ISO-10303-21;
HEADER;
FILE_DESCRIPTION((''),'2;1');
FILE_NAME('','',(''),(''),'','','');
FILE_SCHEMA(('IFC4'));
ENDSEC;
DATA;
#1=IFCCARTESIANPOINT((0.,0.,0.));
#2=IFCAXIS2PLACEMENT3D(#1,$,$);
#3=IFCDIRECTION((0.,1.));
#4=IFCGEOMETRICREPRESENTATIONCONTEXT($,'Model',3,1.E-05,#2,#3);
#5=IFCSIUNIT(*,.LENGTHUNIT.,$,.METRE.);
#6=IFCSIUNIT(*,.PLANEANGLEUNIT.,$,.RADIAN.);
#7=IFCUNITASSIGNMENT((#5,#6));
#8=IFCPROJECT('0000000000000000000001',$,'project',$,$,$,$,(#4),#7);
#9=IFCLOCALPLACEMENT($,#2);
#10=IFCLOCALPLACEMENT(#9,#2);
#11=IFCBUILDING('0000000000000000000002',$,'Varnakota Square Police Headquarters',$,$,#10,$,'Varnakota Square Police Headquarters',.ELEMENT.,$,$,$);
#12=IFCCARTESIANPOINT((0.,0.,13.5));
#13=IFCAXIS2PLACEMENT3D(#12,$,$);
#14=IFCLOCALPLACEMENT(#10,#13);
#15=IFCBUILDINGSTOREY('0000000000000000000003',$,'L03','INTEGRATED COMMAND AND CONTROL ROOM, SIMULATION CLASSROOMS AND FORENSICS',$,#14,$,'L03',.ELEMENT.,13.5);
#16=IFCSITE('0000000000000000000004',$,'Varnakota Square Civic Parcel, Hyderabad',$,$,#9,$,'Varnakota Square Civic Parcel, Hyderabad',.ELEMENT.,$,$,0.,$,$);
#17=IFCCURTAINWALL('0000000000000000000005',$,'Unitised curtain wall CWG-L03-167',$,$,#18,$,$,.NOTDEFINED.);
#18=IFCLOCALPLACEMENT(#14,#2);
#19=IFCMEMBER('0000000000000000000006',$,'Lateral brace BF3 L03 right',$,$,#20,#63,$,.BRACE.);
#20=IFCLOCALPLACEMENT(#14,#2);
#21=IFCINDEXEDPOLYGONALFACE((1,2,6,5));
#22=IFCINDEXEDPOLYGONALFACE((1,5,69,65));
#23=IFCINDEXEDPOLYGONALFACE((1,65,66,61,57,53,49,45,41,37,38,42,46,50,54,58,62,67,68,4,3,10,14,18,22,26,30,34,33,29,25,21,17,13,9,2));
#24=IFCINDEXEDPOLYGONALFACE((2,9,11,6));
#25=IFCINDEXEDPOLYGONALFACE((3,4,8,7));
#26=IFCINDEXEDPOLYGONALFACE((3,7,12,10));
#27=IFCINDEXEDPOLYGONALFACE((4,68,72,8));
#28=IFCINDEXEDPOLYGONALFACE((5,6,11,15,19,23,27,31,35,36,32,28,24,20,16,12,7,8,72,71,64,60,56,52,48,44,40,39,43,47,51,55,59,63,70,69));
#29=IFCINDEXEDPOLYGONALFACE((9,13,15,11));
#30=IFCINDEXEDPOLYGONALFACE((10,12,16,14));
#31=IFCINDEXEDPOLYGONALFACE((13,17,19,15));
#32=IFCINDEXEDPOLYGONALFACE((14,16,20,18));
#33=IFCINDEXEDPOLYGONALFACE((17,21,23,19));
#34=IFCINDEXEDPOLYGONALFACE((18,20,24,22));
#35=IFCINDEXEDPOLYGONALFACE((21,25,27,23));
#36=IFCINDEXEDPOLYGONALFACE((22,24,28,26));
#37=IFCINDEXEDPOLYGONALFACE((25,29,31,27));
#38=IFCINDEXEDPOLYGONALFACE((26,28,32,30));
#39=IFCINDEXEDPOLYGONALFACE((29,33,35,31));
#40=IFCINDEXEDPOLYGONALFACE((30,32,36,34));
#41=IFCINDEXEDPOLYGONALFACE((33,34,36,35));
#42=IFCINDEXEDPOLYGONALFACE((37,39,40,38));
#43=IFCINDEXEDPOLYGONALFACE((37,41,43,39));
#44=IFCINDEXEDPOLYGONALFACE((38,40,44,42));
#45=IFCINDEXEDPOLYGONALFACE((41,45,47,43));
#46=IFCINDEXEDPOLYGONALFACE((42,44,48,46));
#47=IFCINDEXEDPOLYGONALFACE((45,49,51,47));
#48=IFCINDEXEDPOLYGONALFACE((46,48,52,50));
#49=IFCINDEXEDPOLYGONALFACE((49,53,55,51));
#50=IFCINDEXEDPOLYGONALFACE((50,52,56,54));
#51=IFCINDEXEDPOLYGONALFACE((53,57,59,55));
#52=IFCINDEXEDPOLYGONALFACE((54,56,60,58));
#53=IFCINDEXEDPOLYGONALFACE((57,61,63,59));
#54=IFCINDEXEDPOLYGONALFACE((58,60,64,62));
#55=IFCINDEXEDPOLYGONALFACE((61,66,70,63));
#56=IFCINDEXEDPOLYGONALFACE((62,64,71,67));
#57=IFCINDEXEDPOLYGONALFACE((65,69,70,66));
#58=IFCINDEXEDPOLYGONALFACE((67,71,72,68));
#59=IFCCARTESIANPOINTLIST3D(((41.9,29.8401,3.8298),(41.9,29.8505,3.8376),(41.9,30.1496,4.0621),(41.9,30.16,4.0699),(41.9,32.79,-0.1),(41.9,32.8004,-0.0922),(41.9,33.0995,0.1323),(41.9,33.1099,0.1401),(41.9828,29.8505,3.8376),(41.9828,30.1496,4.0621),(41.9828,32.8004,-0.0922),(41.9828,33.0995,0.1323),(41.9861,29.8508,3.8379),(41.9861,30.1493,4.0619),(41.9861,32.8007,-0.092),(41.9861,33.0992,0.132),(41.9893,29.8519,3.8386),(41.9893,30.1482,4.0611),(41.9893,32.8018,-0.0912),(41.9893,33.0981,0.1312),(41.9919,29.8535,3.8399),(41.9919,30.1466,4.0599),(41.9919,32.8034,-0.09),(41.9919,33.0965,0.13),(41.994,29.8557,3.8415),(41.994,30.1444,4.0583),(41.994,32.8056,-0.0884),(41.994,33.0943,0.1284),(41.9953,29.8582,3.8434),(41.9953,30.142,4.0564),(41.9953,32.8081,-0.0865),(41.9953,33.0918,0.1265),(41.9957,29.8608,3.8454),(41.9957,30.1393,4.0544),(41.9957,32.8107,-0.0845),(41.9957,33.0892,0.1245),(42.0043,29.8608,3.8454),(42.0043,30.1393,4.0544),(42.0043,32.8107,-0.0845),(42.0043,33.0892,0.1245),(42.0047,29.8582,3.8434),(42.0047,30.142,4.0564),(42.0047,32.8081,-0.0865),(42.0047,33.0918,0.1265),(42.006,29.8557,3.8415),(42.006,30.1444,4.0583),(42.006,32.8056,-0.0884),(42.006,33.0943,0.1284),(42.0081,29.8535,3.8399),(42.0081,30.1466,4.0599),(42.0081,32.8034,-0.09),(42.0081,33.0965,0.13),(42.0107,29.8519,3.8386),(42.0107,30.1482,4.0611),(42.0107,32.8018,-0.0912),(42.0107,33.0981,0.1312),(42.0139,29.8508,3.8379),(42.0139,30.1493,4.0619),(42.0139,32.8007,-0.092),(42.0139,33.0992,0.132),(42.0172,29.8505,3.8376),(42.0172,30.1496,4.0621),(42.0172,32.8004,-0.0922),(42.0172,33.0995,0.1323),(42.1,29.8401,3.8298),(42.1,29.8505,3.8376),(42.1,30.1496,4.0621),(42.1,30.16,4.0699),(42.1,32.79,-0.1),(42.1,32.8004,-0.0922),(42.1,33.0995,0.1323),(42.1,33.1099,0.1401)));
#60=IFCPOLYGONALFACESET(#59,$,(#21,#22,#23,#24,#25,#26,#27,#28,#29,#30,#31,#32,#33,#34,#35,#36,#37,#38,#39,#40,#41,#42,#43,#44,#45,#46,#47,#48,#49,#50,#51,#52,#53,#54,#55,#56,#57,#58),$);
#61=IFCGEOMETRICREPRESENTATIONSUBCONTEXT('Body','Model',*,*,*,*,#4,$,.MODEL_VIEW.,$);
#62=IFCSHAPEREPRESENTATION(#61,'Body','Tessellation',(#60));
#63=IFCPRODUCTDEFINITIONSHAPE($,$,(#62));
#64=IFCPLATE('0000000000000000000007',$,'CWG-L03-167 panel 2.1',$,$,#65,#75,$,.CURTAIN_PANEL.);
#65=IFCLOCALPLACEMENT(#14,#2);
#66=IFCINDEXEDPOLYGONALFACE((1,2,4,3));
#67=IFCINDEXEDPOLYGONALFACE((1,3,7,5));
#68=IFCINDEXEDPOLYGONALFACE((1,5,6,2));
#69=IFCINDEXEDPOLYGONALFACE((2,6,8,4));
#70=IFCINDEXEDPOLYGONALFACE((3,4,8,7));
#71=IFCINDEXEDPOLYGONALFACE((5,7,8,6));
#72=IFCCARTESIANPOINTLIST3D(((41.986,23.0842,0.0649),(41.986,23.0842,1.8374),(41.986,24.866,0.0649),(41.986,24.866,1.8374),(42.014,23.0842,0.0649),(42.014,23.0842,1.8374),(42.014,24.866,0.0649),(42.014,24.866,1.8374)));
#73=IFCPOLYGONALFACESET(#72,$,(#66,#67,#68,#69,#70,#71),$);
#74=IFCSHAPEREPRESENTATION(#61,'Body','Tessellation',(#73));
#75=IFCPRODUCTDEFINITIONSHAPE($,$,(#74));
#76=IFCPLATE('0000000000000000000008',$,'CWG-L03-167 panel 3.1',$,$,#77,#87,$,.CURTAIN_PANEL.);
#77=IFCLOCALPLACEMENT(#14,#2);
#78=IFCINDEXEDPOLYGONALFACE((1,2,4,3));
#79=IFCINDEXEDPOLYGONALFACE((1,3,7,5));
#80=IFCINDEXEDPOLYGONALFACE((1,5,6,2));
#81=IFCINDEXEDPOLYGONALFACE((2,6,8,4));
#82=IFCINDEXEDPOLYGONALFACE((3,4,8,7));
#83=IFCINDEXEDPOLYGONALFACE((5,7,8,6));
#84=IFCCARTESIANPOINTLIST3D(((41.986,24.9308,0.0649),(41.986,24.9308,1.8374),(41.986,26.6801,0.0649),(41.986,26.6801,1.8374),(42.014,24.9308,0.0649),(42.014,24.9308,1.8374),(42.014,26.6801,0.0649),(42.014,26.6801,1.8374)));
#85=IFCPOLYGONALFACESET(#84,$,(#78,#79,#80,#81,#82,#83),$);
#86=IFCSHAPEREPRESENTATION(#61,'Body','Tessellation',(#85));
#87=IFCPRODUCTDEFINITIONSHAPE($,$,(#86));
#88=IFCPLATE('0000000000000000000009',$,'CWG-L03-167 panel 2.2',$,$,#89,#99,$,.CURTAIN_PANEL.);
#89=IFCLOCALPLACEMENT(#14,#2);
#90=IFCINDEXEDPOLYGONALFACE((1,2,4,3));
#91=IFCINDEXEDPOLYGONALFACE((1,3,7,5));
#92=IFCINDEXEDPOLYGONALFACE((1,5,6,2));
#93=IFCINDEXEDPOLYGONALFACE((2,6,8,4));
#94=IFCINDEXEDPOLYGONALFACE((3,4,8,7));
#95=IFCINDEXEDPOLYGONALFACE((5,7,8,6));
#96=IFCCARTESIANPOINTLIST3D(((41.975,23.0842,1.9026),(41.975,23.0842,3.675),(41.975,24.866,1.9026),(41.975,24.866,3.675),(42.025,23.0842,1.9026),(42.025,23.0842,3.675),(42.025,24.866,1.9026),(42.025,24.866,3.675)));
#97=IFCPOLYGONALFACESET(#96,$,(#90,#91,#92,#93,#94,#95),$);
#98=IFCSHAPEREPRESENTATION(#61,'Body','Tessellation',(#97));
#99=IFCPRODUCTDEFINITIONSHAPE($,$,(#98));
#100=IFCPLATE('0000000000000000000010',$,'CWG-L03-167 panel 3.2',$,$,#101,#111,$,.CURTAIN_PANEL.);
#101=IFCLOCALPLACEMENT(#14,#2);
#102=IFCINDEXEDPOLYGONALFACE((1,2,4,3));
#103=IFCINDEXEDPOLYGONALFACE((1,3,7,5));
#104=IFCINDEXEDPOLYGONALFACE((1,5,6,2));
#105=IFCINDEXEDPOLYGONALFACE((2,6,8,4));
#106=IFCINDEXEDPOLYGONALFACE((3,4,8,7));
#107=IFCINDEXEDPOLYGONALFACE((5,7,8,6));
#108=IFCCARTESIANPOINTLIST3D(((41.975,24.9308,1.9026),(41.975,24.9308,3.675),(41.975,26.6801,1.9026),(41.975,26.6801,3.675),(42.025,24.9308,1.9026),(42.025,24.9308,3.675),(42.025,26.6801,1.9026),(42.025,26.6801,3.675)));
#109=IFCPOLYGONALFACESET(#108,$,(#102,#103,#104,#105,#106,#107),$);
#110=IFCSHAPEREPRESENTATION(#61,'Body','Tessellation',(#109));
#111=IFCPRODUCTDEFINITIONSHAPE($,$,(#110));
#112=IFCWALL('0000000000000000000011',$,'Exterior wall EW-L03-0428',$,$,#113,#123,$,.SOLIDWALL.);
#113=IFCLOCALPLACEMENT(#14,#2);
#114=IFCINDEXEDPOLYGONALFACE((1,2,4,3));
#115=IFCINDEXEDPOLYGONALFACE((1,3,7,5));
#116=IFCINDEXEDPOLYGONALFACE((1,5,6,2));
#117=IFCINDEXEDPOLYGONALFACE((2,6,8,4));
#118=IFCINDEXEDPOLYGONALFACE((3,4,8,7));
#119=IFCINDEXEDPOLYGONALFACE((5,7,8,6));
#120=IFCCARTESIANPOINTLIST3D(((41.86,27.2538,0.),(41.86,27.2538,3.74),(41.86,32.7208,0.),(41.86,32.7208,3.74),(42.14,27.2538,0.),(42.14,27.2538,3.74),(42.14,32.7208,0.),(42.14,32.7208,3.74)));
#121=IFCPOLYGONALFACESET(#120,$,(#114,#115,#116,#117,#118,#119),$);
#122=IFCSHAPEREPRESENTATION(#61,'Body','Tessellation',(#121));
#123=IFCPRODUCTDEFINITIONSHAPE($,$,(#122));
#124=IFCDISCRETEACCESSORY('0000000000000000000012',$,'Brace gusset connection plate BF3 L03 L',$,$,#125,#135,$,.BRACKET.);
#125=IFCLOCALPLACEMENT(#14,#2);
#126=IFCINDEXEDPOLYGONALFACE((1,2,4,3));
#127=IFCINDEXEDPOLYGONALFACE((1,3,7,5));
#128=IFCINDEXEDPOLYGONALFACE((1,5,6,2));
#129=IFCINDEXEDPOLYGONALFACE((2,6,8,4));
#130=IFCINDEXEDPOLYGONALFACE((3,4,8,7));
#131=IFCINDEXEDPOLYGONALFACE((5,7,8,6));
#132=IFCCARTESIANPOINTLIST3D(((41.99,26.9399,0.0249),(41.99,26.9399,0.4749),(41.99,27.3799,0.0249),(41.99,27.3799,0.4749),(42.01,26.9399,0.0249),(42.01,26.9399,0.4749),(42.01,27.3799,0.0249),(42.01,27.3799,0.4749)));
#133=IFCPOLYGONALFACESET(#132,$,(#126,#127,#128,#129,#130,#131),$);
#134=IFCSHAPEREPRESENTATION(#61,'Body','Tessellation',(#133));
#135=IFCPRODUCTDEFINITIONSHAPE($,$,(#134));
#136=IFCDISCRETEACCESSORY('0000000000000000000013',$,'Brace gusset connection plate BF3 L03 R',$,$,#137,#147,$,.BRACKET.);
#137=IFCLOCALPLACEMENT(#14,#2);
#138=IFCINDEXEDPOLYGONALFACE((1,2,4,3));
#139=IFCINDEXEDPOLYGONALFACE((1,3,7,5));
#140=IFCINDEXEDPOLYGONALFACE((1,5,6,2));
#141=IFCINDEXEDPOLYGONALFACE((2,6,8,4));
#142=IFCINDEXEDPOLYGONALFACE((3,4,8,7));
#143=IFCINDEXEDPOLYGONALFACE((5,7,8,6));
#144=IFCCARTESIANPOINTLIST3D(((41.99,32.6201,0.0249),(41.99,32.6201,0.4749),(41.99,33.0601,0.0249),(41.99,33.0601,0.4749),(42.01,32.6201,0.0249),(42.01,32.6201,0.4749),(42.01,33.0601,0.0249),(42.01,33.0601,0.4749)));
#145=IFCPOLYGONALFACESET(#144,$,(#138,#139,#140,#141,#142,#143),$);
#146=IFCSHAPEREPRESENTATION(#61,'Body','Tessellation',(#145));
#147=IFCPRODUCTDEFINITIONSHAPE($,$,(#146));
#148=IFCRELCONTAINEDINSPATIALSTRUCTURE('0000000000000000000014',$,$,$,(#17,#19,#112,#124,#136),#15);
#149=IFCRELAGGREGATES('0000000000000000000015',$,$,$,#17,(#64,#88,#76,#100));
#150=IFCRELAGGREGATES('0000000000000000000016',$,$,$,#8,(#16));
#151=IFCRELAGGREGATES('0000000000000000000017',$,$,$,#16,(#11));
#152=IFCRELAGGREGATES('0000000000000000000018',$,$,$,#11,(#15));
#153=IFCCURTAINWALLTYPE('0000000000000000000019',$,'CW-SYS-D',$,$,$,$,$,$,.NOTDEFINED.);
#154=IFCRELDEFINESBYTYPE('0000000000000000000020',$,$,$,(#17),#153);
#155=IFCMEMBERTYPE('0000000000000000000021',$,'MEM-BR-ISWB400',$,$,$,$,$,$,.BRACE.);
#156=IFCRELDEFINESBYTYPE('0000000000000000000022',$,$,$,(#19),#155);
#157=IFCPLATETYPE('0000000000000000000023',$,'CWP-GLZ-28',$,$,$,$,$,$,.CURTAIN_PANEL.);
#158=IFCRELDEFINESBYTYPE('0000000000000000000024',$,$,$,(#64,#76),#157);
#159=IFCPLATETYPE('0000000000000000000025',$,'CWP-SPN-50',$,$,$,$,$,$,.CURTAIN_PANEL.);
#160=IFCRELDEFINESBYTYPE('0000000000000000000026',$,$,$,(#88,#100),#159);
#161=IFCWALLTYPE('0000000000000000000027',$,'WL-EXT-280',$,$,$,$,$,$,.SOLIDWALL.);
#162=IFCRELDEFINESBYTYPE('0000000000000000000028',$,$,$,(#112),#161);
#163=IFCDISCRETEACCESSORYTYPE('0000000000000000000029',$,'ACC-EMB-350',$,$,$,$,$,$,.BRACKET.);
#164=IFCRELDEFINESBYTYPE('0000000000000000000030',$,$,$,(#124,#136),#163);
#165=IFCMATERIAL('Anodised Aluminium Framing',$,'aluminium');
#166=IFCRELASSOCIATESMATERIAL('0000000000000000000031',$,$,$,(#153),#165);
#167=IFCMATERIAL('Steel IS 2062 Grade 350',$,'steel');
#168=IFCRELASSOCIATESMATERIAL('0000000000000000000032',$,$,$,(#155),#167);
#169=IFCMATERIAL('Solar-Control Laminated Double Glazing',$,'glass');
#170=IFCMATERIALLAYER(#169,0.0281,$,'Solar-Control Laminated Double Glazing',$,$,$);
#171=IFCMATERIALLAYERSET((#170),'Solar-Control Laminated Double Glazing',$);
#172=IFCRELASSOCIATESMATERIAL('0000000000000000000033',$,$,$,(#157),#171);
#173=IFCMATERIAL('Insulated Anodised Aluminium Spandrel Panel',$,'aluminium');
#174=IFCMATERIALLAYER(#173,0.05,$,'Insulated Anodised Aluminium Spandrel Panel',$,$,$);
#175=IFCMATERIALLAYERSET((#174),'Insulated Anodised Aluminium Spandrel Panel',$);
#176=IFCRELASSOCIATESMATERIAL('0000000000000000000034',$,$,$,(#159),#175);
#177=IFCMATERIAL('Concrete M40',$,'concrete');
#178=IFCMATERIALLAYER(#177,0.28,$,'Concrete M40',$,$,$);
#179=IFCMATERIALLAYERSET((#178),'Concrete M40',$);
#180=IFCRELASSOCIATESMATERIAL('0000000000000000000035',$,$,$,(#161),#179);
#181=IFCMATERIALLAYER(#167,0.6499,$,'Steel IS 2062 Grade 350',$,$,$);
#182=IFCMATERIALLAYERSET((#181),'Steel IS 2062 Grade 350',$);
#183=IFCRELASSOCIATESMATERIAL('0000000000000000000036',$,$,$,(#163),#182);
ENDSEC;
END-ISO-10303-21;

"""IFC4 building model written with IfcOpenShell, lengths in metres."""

from ifc_helpers import new_model, si_unit, direction, frame, frame_2d, origin, origin_2d, place, context, subcontext, project, spatial, rectangle, i_section, extrude, material, layer, layer_set, material_profile, profile_set, type_object, element, aggregate, save


model = new_model("IFC4")

# Units and contexts
model_context = context("Model", 3, precision=1e-05, world=origin(), true_north=direction((0.0, 1.0)))
body_context = subcontext(model_context, "Body", "Model", "MODEL_VIEW")
ifc_project = project(units=[si_unit("LENGTHUNIT", "METRE"), si_unit("PLANEANGLEUNIT", "RADIAN")], contexts=[model_context])

# Site, building, storey
site_placement = place(None, origin())
site = spatial("IfcSite", under=ifc_project, at=site_placement, Name="Varnakota Square Civic Parcel, Hyderabad", LongName="Varnakota Square Civic Parcel, Hyderabad", CompositionType="ELEMENT", RefElevation=0.0)
building_placement = place(site_placement, origin())
building = spatial("IfcBuilding", under=site, at=building_placement, Name="Varnakota Square Police Headquarters", LongName="Varnakota Square Police Headquarters", CompositionType="ELEMENT")
storey_placement = place(building_placement, frame((0.0, 0.0, 13.5)))
storey = spatial("IfcBuildingStorey", under=building, at=storey_placement, Name="L03", Description="INTEGRATED COMMAND AND CONTROL ROOM, SIMULATION CLASSROOMS AND FORENSICS", LongName="L03", CompositionType="ELEMENT", Elevation=13.5)

# Shared definitions
ifc_material_1 = material(Name="Steel IS 2062 Grade 350", Category="steel")

# Curtain wall
ifc_material_2 = material(Name="Anodised Aluminium Framing", Category="aluminium")
curtain_wall_type = type_object("IfcCurtainWallType", Name="CW-SYS-D", PredefinedType="NOTDEFINED", material=ifc_material_2)
curtain_wall_1_placement = place(storey_placement, origin())
curtain_wall_1 = element("IfcCurtainWall", 1, at=curtain_wall_1_placement, inside=storey, type_object=curtain_wall_type, Name="Unitised curtain wall CWG-L03-167", PredefinedType="NOTDEFINED")

# Member
ifc_material_profile_1 = material_profile(ifc_material_1, i_section(OverallWidth=0.2, OverallDepth=0.3999, WebThickness=0.0085, FlangeThickness=0.0129, FilletRadius=0.0129, at=origin_2d()), Name="ISWB 400")
ifc_profile_set_1 = profile_set([ifc_material_profile_1], Name="Steel IS 2062 Grade 350")
member_type_1 = type_object("IfcMemberType", Name="MEM-BR-ISWB400", PredefinedType="BRACE", material=ifc_profile_set_1)
for number, where, z_axis, x_axis, name in (
    (2, (42.0, 32.95, 0.02), (0.0, -0.600326, 0.799755), (1.0, 0.0, 0.0), "Lateral brace BF3 L03 right"),
):
    element("IfcMember", number, at=place(storey_placement, frame(where, z_axis=z_axis, x_axis=x_axis)), inside=storey, type_object=member_type_1, Name=name, PredefinedType="BRACE", context=body_context, shape_type="SweptSolid", body=[
        extrude(i_section(OverallWidth=0.2, OverallDepth=0.3999, WebThickness=0.0085, FlangeThickness=0.0129, FilletRadius=0.0129, at=origin_2d()), origin(), (0.0, 0.0, 1.0), 4.9138),
    ])

# Plates
ifc_material_3 = material(Name="Solar-Control Laminated Double Glazing", Category="glass")
ifc_layer_1 = layer(ifc_material_3, 0.0281, Name="Solar-Control Laminated Double Glazing")
ifc_layer_set_1 = layer_set([ifc_layer_1], Name="Solar-Control Laminated Double Glazing")
plate_type_1 = type_object("IfcPlateType", Name="CWP-GLZ-28", PredefinedType="CURTAIN_PANEL", material=ifc_layer_set_1)
plate_1_placement = place(storey_placement, frame((42.0, 23.9751, 0.0649), z_axis=(0.0, 0.0, 1.0), x_axis=(0.0, 1.0, 0.0)))
plate_1 = element("IfcPlate", 3, at=plate_1_placement, type_object=plate_type_1, Name="CWG-L03-167 panel 2.1", PredefinedType="CURTAIN_PANEL", context=body_context, shape_type="SweptSolid", body=[
    extrude(rectangle(XDim=1.7817, YDim=0.0281, at=origin_2d()), origin(), (0.0, 0.0, 1.0), 1.7725),
])
plate_2_placement = place(storey_placement, frame((42.0, 25.8054, 0.0649), z_axis=(0.0, 0.0, 1.0), x_axis=(0.0, 1.0, 0.0)))
plate_2 = element("IfcPlate", 4, at=plate_2_placement, type_object=plate_type_1, Name="CWG-L03-167 panel 3.1", PredefinedType="CURTAIN_PANEL", context=body_context, shape_type="SweptSolid", body=[
    extrude(rectangle(XDim=1.7493, YDim=0.0281, at=origin_2d()), origin(), (0.0, 0.0, 1.0), 1.7725),
])
ifc_material_4 = material(Name="Insulated Anodised Aluminium Spandrel Panel", Category="aluminium")
ifc_layer_2 = layer(ifc_material_4, 0.05, Name="Insulated Anodised Aluminium Spandrel Panel")
ifc_layer_set_2 = layer_set([ifc_layer_2], Name="Insulated Anodised Aluminium Spandrel Panel")
plate_type_2 = type_object("IfcPlateType", Name="CWP-SPN-50", PredefinedType="CURTAIN_PANEL", material=ifc_layer_set_2)
plate_3_placement = place(storey_placement, frame((42.0, 23.9751, 1.9026), z_axis=(0.0, 0.0, 1.0), x_axis=(0.0, 1.0, 0.0)))
plate_3 = element("IfcPlate", 5, at=plate_3_placement, type_object=plate_type_2, Name="CWG-L03-167 panel 2.2", PredefinedType="CURTAIN_PANEL", context=body_context, shape_type="SweptSolid", body=[
    extrude(rectangle(XDim=1.7817, YDim=0.05, at=origin_2d()), origin(), (0.0, 0.0, 1.0), 1.7725),
])
plate_4_placement = place(storey_placement, frame((42.0, 25.8054, 1.9026), z_axis=(0.0, 0.0, 1.0), x_axis=(0.0, 1.0, 0.0)))
plate_4 = element("IfcPlate", 6, at=plate_4_placement, type_object=plate_type_2, Name="CWG-L03-167 panel 3.2", PredefinedType="CURTAIN_PANEL", context=body_context, shape_type="SweptSolid", body=[
    extrude(rectangle(XDim=1.7493, YDim=0.05, at=origin_2d()), origin(), (0.0, 0.0, 1.0), 1.7725),
])
aggregate(curtain_wall_1, [plate_1, plate_3, plate_2, plate_4])

# Wall
ifc_material_5 = material(Name="Concrete M40", Category="concrete")
ifc_layer_3 = layer(ifc_material_5, 0.28, Name="Concrete M40")
ifc_layer_set_3 = layer_set([ifc_layer_3], Name="Concrete M40")
wall_type = type_object("IfcWallType", Name="WL-EXT-280", PredefinedType="SOLIDWALL", material=ifc_layer_set_3)
wall_placement = place(storey_placement, frame((42.0, 27.2539, 0.0), z_axis=(0.0, 0.0, 1.0), x_axis=(0.0, 1.0, 0.0)))
element("IfcWall", 7, at=wall_placement, inside=storey, type_object=wall_type, Name="Exterior wall EW-L03-0428", PredefinedType="SOLIDWALL", context=body_context, shape_type="SweptSolid", body=[
    extrude(rectangle(XDim=5.467, YDim=0.28, at=frame_2d((2.7334, 0.0))), origin(), (0.0, 0.0, 1.0), 3.74),
])

# Discrete accessories
ifc_layer_4 = layer(ifc_material_1, 0.6499, Name="Steel IS 2062 Grade 350")
ifc_layer_set_4 = layer_set([ifc_layer_4], Name="Steel IS 2062 Grade 350")
discrete_accessory_type = type_object("IfcDiscreteAccessoryType", Name="ACC-EMB-350", PredefinedType="BRACKET", material=ifc_layer_set_4)
for number, where, z_axis, x_axis, name in (
    (8, (42.0, 27.1599, 0.0249), (0.0, 0.0, 1.0), (0.0, 1.0, 0.0), "Brace gusset connection plate BF3 L03 L"),
    (9, (42.0, 32.8401, 0.0249), (0.0, 0.0, 1.0), (0.0, 1.0, 0.0), "Brace gusset connection plate BF3 L03 R"),
):
    element("IfcDiscreteAccessory", number, at=place(storey_placement, frame(where, z_axis=z_axis, x_axis=x_axis)), inside=storey, type_object=discrete_accessory_type, Name=name, PredefinedType="BRACKET", context=body_context, shape_type="SweptSolid", body=[
        extrude(rectangle(XDim=0.4399, YDim=0.02, at=origin_2d()), origin(), (0.0, 0.0, 1.0), 0.45),
    ])

save(model, "model.ifc")
